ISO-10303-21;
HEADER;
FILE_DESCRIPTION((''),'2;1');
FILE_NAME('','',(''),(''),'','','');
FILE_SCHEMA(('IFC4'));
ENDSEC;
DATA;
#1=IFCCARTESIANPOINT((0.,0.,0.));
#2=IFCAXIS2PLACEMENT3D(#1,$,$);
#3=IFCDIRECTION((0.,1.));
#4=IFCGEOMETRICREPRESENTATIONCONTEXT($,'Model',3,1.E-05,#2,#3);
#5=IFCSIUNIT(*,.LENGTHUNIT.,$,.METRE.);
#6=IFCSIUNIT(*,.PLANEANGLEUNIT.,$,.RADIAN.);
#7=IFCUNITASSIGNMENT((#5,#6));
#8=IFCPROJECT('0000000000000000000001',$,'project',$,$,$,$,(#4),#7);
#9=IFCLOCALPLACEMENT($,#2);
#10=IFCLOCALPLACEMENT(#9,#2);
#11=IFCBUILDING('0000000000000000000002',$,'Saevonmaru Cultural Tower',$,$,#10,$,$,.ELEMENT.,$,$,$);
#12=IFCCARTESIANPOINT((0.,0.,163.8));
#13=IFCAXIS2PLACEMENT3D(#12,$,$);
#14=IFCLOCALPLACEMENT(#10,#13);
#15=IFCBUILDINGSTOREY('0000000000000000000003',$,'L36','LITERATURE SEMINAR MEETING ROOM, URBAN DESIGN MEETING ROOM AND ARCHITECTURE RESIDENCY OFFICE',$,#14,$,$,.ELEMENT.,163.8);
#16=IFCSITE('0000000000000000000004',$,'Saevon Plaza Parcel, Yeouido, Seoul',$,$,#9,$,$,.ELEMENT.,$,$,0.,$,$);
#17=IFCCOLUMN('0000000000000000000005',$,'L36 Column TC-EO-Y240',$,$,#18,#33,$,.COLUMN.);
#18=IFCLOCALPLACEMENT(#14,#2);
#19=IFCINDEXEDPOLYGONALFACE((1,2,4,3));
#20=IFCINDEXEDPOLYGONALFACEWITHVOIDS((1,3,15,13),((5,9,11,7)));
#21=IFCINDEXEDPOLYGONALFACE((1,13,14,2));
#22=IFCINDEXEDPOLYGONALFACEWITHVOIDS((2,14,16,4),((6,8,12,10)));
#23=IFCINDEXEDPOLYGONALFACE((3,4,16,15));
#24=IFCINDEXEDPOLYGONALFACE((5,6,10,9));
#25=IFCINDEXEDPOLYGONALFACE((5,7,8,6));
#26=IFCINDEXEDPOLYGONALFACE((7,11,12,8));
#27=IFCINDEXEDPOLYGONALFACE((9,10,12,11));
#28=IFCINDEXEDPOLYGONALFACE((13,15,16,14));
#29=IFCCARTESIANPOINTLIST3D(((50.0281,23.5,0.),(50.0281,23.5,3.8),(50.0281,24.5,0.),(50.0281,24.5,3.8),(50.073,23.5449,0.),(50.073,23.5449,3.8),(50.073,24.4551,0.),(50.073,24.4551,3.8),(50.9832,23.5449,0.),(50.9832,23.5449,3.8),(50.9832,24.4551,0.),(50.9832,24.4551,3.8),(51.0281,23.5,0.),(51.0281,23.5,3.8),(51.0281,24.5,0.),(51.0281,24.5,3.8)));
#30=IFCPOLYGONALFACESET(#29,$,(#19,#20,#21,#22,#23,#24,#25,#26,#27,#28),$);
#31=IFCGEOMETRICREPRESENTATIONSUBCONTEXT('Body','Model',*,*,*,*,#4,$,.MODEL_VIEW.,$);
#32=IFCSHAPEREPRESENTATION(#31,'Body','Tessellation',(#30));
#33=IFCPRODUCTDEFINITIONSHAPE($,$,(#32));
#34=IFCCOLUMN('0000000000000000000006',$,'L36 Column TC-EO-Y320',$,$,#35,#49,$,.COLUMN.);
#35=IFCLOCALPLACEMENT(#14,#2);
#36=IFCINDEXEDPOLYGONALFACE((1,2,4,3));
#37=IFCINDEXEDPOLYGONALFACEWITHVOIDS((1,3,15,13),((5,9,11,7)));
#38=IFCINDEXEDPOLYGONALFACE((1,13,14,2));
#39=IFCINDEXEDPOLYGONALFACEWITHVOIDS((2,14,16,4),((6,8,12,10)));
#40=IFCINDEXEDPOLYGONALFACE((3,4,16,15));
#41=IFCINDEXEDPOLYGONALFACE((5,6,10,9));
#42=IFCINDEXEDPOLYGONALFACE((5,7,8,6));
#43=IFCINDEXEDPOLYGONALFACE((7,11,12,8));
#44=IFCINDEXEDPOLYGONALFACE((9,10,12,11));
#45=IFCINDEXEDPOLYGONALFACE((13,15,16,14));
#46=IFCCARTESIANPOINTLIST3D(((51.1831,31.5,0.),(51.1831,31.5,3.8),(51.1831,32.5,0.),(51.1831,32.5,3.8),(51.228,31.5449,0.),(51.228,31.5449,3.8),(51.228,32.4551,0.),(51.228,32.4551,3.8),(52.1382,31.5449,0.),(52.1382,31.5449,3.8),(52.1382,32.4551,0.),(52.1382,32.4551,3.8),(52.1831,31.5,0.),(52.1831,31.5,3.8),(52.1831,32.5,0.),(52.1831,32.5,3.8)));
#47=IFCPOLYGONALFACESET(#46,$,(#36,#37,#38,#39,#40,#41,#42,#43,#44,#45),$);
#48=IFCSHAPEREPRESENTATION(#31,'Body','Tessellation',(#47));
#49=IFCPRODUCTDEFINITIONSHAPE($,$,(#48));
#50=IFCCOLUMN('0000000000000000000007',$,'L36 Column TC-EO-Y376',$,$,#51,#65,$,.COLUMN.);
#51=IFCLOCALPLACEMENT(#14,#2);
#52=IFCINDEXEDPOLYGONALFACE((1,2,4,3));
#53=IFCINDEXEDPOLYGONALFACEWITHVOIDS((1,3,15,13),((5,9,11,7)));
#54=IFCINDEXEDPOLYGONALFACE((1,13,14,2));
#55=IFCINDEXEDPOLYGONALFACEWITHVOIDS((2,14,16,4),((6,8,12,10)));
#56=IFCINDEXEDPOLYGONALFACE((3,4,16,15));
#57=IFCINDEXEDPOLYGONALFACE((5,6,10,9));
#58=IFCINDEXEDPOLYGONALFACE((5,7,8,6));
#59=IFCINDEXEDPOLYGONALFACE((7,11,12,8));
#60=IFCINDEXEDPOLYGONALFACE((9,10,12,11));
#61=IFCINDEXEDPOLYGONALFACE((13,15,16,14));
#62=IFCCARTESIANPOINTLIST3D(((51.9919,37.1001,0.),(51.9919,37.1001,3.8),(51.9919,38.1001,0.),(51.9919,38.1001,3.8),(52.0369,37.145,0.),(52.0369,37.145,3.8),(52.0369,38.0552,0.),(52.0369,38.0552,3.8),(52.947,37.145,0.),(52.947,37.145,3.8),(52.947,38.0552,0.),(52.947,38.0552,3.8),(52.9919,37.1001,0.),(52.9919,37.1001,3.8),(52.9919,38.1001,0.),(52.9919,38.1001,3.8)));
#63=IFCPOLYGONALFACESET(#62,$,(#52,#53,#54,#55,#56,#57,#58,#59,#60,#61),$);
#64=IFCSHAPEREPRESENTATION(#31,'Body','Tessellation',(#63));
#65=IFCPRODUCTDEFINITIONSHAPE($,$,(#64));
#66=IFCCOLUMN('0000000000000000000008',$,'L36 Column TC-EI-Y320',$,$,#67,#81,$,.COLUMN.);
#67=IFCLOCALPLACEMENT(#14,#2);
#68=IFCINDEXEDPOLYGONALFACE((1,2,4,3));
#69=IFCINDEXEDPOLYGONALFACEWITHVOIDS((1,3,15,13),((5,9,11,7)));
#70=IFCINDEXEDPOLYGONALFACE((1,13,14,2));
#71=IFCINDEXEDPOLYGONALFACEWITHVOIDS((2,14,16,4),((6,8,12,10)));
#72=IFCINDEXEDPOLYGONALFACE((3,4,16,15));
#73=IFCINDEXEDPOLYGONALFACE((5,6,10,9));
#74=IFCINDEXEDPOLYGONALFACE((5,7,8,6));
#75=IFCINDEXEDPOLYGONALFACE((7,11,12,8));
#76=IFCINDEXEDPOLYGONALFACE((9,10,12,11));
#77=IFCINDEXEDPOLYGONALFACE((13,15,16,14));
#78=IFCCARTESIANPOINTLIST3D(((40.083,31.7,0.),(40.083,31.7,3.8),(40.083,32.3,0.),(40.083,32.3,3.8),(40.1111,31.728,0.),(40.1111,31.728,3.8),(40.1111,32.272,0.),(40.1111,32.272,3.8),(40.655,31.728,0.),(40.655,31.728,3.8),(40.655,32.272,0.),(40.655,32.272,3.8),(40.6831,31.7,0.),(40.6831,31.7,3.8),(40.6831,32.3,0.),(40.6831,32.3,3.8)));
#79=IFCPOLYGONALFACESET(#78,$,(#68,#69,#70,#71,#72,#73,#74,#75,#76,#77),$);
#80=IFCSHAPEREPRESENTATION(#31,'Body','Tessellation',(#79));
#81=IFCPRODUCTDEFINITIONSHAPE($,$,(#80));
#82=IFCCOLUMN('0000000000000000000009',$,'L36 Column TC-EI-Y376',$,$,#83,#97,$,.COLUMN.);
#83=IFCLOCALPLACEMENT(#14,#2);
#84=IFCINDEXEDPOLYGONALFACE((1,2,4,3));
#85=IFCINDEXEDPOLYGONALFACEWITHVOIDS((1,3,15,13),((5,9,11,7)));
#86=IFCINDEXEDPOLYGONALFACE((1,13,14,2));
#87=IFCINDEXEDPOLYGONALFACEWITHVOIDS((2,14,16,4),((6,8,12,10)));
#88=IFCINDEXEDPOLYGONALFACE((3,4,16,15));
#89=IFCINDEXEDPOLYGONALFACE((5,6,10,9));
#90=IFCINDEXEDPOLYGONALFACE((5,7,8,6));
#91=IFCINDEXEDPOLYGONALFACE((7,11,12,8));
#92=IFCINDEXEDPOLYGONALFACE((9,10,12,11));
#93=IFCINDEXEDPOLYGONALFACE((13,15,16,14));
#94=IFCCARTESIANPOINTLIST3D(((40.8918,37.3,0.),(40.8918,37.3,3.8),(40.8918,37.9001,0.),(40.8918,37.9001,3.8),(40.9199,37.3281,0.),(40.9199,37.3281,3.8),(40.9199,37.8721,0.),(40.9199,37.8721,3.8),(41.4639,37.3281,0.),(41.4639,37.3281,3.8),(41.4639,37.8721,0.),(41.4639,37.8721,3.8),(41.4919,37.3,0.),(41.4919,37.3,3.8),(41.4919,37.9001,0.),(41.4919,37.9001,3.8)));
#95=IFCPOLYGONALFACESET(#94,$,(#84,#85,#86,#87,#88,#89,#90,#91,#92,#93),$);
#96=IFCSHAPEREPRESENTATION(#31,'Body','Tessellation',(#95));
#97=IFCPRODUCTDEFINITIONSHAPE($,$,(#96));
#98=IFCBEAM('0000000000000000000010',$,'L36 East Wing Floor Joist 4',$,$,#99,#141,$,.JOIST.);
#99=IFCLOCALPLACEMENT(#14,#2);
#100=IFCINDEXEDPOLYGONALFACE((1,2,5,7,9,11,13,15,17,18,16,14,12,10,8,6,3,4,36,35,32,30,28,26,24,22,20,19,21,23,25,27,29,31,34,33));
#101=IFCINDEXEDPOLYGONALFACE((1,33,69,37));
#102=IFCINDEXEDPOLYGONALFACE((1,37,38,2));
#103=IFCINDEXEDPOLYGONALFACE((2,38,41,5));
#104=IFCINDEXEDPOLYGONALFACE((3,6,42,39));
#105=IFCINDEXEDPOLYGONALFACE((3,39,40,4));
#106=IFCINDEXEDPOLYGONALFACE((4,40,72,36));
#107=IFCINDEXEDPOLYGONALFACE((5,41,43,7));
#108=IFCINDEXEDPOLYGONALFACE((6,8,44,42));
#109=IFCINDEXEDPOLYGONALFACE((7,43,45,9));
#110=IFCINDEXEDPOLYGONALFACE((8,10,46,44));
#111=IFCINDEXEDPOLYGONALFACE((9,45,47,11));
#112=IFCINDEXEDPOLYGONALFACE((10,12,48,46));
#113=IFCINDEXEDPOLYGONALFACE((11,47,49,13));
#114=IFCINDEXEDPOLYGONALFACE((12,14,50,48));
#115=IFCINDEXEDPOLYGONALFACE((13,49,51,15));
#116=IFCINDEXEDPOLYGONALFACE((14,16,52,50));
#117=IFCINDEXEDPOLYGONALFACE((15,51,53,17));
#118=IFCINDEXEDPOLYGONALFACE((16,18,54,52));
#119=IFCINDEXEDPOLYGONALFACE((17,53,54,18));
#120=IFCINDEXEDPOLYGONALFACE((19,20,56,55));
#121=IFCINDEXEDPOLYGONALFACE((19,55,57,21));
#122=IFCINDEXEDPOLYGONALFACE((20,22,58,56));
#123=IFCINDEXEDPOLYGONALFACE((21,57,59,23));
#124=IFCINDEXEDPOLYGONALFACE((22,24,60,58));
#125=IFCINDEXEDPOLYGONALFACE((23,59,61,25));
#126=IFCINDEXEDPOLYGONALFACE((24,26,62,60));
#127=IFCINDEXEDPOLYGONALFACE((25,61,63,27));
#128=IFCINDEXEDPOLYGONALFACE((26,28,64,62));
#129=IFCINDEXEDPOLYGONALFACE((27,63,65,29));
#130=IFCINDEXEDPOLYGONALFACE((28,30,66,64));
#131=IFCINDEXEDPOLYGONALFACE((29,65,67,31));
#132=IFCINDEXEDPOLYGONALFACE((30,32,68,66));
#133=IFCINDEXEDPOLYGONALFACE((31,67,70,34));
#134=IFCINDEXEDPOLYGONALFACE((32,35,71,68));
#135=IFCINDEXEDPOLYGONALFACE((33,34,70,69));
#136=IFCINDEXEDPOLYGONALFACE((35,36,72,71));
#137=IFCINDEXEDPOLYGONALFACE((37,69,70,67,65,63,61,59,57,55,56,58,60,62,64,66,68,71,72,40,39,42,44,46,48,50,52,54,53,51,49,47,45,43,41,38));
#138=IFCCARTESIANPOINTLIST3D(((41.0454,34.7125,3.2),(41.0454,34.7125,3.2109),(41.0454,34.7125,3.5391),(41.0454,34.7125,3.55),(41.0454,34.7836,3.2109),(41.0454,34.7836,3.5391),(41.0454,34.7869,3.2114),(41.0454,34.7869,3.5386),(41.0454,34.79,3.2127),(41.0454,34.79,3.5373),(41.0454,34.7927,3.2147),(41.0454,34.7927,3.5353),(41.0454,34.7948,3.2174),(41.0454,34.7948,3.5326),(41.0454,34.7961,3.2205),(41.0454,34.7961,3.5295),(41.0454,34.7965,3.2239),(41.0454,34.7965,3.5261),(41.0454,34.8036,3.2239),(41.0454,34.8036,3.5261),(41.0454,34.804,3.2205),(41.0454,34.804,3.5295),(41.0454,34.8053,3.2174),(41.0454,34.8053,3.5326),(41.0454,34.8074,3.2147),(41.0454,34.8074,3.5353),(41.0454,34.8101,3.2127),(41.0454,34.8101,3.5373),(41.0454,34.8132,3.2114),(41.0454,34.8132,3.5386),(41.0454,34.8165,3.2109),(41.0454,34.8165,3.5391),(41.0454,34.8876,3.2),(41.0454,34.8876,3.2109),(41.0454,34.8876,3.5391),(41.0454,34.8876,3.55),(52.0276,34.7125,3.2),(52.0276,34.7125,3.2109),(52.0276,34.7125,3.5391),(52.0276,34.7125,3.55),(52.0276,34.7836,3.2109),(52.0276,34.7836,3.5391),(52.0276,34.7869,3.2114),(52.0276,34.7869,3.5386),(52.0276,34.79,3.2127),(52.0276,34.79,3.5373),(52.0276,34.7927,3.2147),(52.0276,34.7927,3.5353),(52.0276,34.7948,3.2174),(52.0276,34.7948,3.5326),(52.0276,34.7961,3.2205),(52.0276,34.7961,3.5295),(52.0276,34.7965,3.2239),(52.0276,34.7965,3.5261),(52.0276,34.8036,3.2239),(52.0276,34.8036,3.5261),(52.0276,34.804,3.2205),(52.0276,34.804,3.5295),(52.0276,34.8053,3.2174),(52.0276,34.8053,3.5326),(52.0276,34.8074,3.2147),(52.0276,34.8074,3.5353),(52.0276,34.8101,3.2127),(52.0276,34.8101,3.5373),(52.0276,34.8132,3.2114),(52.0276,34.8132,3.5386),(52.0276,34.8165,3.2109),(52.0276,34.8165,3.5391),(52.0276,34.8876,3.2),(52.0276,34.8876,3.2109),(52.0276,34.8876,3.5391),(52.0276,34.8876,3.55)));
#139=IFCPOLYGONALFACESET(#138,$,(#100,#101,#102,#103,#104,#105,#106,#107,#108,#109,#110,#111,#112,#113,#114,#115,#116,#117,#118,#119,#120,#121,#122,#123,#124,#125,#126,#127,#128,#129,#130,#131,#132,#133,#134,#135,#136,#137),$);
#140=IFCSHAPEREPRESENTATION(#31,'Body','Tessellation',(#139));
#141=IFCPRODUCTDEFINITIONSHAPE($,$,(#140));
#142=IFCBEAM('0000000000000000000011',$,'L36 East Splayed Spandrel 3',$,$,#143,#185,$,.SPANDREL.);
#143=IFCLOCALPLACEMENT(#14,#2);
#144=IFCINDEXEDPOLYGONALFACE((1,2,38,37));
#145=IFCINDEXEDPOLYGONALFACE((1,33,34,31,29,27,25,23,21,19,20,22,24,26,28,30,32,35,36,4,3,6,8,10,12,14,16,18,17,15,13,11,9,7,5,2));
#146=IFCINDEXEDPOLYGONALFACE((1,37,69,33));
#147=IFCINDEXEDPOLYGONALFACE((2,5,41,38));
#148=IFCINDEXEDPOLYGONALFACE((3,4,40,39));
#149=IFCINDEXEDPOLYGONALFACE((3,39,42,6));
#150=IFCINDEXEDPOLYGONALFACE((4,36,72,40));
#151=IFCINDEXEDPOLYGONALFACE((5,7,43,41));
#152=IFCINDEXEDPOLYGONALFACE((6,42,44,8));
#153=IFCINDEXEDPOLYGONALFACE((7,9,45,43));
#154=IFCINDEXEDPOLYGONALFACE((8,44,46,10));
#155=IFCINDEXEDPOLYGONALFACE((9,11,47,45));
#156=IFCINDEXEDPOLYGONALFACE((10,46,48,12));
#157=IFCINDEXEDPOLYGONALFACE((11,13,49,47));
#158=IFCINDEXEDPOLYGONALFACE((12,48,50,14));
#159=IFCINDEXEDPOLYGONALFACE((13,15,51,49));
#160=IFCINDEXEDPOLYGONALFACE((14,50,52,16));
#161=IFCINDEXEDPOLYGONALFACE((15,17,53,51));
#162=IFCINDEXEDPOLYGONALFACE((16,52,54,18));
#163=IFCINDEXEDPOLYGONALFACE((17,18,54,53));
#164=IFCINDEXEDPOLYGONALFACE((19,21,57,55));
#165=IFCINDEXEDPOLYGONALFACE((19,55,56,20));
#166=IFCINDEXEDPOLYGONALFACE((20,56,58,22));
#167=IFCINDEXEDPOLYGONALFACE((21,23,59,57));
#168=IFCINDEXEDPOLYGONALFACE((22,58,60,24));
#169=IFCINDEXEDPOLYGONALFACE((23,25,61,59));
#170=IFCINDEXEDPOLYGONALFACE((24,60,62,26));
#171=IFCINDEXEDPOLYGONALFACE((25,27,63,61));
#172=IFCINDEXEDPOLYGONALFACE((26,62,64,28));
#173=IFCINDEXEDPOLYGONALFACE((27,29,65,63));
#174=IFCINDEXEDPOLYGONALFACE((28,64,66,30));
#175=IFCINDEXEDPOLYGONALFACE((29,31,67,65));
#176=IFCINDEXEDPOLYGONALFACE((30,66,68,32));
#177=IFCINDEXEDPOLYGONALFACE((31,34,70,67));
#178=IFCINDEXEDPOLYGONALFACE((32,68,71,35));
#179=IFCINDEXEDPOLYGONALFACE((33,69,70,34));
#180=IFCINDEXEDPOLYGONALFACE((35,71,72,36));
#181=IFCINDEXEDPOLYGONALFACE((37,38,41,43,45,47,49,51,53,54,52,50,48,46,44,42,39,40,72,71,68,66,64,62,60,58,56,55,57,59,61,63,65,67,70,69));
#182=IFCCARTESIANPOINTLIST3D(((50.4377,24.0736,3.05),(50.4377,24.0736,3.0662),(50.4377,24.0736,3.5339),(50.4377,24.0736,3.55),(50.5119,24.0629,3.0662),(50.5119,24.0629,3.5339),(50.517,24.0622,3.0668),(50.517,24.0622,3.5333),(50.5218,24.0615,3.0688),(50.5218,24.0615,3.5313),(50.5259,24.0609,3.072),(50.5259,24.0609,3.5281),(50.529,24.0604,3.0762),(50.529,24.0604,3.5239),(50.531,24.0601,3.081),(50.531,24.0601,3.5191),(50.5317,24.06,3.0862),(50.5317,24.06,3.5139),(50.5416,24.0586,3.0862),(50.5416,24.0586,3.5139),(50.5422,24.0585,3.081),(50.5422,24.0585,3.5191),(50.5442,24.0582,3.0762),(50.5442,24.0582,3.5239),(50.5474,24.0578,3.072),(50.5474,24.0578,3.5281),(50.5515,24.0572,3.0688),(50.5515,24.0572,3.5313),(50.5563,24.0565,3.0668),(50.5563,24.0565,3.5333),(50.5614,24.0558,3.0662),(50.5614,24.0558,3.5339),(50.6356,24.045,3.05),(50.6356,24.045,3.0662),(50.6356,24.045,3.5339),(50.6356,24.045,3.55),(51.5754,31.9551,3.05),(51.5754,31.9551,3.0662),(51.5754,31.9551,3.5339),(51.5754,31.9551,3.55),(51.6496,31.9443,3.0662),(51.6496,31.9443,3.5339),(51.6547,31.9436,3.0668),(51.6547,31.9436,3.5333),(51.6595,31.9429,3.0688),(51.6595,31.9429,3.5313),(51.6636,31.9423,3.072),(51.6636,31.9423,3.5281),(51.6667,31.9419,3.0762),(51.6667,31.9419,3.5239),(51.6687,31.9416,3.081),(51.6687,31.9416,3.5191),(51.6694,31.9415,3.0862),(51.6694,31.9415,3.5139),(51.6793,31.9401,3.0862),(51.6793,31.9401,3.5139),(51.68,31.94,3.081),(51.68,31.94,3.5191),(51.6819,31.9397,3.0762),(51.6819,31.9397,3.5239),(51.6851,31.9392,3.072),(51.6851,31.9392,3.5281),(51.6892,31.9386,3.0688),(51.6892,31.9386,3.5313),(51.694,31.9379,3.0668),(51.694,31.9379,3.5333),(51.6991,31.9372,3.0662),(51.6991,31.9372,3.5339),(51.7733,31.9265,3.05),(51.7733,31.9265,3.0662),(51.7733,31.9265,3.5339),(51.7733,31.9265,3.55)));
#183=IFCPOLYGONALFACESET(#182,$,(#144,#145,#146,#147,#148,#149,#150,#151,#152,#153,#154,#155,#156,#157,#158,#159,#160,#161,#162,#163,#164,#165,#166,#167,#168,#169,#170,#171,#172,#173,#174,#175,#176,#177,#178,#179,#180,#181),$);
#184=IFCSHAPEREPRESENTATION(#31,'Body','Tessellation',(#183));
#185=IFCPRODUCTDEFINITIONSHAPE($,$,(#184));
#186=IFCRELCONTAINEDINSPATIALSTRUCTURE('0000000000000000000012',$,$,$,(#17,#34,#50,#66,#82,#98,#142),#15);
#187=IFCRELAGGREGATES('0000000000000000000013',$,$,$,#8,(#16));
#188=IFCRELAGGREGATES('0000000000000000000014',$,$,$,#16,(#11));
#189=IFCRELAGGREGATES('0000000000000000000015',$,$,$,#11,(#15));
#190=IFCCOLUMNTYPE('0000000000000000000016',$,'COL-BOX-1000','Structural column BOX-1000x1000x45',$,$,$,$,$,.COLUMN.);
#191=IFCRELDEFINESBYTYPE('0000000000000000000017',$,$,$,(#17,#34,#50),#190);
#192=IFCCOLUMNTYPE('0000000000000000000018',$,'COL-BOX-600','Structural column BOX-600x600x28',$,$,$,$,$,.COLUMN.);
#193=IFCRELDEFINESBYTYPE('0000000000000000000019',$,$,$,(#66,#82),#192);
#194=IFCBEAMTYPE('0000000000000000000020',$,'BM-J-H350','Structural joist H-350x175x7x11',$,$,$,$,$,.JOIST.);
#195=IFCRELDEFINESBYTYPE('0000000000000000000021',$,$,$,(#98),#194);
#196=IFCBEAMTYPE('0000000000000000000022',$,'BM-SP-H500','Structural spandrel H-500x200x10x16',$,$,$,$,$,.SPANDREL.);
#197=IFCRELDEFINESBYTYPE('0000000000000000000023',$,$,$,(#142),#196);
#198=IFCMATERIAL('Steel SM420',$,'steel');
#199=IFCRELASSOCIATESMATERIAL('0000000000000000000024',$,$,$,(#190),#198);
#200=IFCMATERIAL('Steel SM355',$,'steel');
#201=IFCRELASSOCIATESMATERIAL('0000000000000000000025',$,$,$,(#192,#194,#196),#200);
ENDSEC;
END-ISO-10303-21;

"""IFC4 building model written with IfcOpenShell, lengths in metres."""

from ifc_helpers import new_model, si_unit, direction, frame, origin, origin_2d, place, context, subcontext, project, spatial, hollow_rectangle, i_section, extrude, material, material_profile, profile_set, type_object, element, save


model = new_model("IFC4")

# Units and contexts
model_context = context("Model", 3, precision=1e-05, world=origin(), true_north=direction((0.0, 1.0)))
body_context = subcontext(model_context, "Body", "Model", "MODEL_VIEW")
ifc_project = project(units=[si_unit("LENGTHUNIT", "METRE"), si_unit("PLANEANGLEUNIT", "RADIAN")], contexts=[model_context])

# Site, building, storey
site_placement = place(None, origin())
site = spatial("IfcSite", under=ifc_project, at=site_placement, Name="Saevon Plaza Parcel, Yeouido, Seoul", CompositionType="ELEMENT", RefElevation=0.0)
building_placement = place(site_placement, origin())
building = spatial("IfcBuilding", under=site, at=building_placement, Name="Saevonmaru Cultural Tower", CompositionType="ELEMENT")
storey_placement = place(building_placement, frame((0.0, 0.0, 163.8)))
storey = spatial("IfcBuildingStorey", under=building, at=storey_placement, Name="L36", Description="LITERATURE SEMINAR MEETING ROOM, URBAN DESIGN MEETING ROOM AND ARCHITECTURE RESIDENCY OFFICE", CompositionType="ELEMENT", Elevation=163.8)

# Columns
ifc_material_1 = material(Name="Steel SM420", Category="steel")
ifc_material_profile_1 = material_profile(ifc_material_1, hollow_rectangle(XDim=1.0, YDim=1.0, WallThickness=0.0449, at=origin_2d()), Name="BOX-1000x1000x45")
ifc_profile_set_1 = profile_set([ifc_material_profile_1], Name="Steel SM420")
column_type_1 = type_object("IfcColumnType", Name="COL-BOX-1000", Description="Structural column BOX-1000x1000x45", PredefinedType="COLUMN", material=ifc_profile_set_1)
for number, where, z_axis, x_axis, name in (
    (1, (50.5281, 24.0, 0.0), (0.0, 0.0, 1.0), (1.0, 0.0, 0.0), "L36 Column TC-EO-Y240"),
    (2, (51.6831, 32.0, 0.0), (0.0, 0.0, 1.0), (1.0, 0.0, 0.0), "L36 Column TC-EO-Y320"),
    (3, (52.4919, 37.6001, 0.0), (0.0, 0.0, 1.0), (1.0, 0.0, 0.0), "L36 Column TC-EO-Y376"),
):
    element("IfcColumn", number, at=place(storey_placement, frame(where, z_axis=z_axis, x_axis=x_axis)), inside=storey, type_object=column_type_1, Name=name, PredefinedType="COLUMN", context=body_context, shape_type="SweptSolid", body=[
        extrude(hollow_rectangle(XDim=1.0, YDim=1.0, WallThickness=0.0449, at=origin_2d()), origin(), (0.0, 0.0, 1.0), 3.8),
    ])
ifc_material_2 = material(Name="Steel SM355", Category="steel")
ifc_material_profile_2 = material_profile(ifc_material_2, hollow_rectangle(XDim=0.6001, YDim=0.6001, WallThickness=0.0281, at=origin_2d()), Name="BOX-600x600x28")
ifc_profile_set_2 = profile_set([ifc_material_profile_2], Name="Steel SM355")
column_type_2 = type_object("IfcColumnType", Name="COL-BOX-600", Description="Structural column BOX-600x600x28", PredefinedType="COLUMN", material=ifc_profile_set_2)
for number, where, z_axis, x_axis, name in (
    (4, (40.3831, 32.0, 0.0), (0.0, 0.0, 1.0), (1.0, 0.0, 0.0), "L36 Column TC-EI-Y320"),
    (5, (41.1919, 37.6001, 0.0), (0.0, 0.0, 1.0), (1.0, 0.0, 0.0), "L36 Column TC-EI-Y376"),
):
    element("IfcColumn", number, at=place(storey_placement, frame(where, z_axis=z_axis, x_axis=x_axis)), inside=storey, type_object=column_type_2, Name=name, PredefinedType="COLUMN", context=body_context, shape_type="SweptSolid", body=[
        extrude(hollow_rectangle(XDim=0.6001, YDim=0.6001, WallThickness=0.0281, at=origin_2d()), origin(), (0.0, 0.0, 1.0), 3.8),
    ])

# Beams
ifc_material_profile_3 = material_profile(ifc_material_2, i_section(OverallWidth=0.175, OverallDepth=0.3501, WebThickness=0.0071, FlangeThickness=0.011, FilletRadius=0.0129, at=origin_2d()), Name="H-350x175x7x11")
ifc_profile_set_3 = profile_set([ifc_material_profile_3], Name="Steel SM355")
beam_type_1 = type_object("IfcBeamType", Name="BM-J-H350", Description="Structural joist H-350x175x7x11", PredefinedType="JOIST", material=ifc_profile_set_3)
beam_1_placement = place(storey_placement, frame((41.0454, 34.8, 3.375), z_axis=(1.0, 0.0, 0.0), x_axis=(0.0, 1.0, 0.0)))
element("IfcBeam", 6, at=beam_1_placement, inside=storey, type_object=beam_type_1, Name="L36 East Wing Floor Joist 4", PredefinedType="JOIST", context=body_context, shape_type="SweptSolid", body=[
    extrude(i_section(OverallWidth=0.175, OverallDepth=0.3501, WebThickness=0.0071, FlangeThickness=0.011, FilletRadius=0.0129, at=origin_2d()), origin(), (0.0, 0.0, 1.0), 10.9822),
])
ifc_material_profile_4 = material_profile(ifc_material_2, i_section(OverallWidth=0.2, OverallDepth=0.5, WebThickness=0.01, FlangeThickness=0.0161, FilletRadius=0.02, at=origin_2d()), Name="H-500x200x10x16")
ifc_profile_set_4 = profile_set([ifc_material_profile_4], Name="Steel SM355")
beam_type_2 = type_object("IfcBeamType", Name="BM-SP-H500", Description="Structural spandrel H-500x200x10x16", PredefinedType="SPANDREL", material=ifc_profile_set_4)
beam_2_placement = place(storey_placement, frame((50.5366, 24.0593, 3.3), z_axis=(0.142872, 0.989741, 0.0), x_axis=(-0.989741, 0.142872, 0.0)))
element("IfcBeam", 7, at=beam_2_placement, inside=storey, type_object=beam_type_2, Name="L36 East Splayed Spandrel 3", PredefinedType="SPANDREL", context=body_context, shape_type="SweptSolid", body=[
    extrude(i_section(OverallWidth=0.2, OverallDepth=0.5, WebThickness=0.01, FlangeThickness=0.0161, FilletRadius=0.02, at=origin_2d()), origin(), (0.0, 0.0, 1.0), 7.9631),
])

save(model, "model.ifc")
